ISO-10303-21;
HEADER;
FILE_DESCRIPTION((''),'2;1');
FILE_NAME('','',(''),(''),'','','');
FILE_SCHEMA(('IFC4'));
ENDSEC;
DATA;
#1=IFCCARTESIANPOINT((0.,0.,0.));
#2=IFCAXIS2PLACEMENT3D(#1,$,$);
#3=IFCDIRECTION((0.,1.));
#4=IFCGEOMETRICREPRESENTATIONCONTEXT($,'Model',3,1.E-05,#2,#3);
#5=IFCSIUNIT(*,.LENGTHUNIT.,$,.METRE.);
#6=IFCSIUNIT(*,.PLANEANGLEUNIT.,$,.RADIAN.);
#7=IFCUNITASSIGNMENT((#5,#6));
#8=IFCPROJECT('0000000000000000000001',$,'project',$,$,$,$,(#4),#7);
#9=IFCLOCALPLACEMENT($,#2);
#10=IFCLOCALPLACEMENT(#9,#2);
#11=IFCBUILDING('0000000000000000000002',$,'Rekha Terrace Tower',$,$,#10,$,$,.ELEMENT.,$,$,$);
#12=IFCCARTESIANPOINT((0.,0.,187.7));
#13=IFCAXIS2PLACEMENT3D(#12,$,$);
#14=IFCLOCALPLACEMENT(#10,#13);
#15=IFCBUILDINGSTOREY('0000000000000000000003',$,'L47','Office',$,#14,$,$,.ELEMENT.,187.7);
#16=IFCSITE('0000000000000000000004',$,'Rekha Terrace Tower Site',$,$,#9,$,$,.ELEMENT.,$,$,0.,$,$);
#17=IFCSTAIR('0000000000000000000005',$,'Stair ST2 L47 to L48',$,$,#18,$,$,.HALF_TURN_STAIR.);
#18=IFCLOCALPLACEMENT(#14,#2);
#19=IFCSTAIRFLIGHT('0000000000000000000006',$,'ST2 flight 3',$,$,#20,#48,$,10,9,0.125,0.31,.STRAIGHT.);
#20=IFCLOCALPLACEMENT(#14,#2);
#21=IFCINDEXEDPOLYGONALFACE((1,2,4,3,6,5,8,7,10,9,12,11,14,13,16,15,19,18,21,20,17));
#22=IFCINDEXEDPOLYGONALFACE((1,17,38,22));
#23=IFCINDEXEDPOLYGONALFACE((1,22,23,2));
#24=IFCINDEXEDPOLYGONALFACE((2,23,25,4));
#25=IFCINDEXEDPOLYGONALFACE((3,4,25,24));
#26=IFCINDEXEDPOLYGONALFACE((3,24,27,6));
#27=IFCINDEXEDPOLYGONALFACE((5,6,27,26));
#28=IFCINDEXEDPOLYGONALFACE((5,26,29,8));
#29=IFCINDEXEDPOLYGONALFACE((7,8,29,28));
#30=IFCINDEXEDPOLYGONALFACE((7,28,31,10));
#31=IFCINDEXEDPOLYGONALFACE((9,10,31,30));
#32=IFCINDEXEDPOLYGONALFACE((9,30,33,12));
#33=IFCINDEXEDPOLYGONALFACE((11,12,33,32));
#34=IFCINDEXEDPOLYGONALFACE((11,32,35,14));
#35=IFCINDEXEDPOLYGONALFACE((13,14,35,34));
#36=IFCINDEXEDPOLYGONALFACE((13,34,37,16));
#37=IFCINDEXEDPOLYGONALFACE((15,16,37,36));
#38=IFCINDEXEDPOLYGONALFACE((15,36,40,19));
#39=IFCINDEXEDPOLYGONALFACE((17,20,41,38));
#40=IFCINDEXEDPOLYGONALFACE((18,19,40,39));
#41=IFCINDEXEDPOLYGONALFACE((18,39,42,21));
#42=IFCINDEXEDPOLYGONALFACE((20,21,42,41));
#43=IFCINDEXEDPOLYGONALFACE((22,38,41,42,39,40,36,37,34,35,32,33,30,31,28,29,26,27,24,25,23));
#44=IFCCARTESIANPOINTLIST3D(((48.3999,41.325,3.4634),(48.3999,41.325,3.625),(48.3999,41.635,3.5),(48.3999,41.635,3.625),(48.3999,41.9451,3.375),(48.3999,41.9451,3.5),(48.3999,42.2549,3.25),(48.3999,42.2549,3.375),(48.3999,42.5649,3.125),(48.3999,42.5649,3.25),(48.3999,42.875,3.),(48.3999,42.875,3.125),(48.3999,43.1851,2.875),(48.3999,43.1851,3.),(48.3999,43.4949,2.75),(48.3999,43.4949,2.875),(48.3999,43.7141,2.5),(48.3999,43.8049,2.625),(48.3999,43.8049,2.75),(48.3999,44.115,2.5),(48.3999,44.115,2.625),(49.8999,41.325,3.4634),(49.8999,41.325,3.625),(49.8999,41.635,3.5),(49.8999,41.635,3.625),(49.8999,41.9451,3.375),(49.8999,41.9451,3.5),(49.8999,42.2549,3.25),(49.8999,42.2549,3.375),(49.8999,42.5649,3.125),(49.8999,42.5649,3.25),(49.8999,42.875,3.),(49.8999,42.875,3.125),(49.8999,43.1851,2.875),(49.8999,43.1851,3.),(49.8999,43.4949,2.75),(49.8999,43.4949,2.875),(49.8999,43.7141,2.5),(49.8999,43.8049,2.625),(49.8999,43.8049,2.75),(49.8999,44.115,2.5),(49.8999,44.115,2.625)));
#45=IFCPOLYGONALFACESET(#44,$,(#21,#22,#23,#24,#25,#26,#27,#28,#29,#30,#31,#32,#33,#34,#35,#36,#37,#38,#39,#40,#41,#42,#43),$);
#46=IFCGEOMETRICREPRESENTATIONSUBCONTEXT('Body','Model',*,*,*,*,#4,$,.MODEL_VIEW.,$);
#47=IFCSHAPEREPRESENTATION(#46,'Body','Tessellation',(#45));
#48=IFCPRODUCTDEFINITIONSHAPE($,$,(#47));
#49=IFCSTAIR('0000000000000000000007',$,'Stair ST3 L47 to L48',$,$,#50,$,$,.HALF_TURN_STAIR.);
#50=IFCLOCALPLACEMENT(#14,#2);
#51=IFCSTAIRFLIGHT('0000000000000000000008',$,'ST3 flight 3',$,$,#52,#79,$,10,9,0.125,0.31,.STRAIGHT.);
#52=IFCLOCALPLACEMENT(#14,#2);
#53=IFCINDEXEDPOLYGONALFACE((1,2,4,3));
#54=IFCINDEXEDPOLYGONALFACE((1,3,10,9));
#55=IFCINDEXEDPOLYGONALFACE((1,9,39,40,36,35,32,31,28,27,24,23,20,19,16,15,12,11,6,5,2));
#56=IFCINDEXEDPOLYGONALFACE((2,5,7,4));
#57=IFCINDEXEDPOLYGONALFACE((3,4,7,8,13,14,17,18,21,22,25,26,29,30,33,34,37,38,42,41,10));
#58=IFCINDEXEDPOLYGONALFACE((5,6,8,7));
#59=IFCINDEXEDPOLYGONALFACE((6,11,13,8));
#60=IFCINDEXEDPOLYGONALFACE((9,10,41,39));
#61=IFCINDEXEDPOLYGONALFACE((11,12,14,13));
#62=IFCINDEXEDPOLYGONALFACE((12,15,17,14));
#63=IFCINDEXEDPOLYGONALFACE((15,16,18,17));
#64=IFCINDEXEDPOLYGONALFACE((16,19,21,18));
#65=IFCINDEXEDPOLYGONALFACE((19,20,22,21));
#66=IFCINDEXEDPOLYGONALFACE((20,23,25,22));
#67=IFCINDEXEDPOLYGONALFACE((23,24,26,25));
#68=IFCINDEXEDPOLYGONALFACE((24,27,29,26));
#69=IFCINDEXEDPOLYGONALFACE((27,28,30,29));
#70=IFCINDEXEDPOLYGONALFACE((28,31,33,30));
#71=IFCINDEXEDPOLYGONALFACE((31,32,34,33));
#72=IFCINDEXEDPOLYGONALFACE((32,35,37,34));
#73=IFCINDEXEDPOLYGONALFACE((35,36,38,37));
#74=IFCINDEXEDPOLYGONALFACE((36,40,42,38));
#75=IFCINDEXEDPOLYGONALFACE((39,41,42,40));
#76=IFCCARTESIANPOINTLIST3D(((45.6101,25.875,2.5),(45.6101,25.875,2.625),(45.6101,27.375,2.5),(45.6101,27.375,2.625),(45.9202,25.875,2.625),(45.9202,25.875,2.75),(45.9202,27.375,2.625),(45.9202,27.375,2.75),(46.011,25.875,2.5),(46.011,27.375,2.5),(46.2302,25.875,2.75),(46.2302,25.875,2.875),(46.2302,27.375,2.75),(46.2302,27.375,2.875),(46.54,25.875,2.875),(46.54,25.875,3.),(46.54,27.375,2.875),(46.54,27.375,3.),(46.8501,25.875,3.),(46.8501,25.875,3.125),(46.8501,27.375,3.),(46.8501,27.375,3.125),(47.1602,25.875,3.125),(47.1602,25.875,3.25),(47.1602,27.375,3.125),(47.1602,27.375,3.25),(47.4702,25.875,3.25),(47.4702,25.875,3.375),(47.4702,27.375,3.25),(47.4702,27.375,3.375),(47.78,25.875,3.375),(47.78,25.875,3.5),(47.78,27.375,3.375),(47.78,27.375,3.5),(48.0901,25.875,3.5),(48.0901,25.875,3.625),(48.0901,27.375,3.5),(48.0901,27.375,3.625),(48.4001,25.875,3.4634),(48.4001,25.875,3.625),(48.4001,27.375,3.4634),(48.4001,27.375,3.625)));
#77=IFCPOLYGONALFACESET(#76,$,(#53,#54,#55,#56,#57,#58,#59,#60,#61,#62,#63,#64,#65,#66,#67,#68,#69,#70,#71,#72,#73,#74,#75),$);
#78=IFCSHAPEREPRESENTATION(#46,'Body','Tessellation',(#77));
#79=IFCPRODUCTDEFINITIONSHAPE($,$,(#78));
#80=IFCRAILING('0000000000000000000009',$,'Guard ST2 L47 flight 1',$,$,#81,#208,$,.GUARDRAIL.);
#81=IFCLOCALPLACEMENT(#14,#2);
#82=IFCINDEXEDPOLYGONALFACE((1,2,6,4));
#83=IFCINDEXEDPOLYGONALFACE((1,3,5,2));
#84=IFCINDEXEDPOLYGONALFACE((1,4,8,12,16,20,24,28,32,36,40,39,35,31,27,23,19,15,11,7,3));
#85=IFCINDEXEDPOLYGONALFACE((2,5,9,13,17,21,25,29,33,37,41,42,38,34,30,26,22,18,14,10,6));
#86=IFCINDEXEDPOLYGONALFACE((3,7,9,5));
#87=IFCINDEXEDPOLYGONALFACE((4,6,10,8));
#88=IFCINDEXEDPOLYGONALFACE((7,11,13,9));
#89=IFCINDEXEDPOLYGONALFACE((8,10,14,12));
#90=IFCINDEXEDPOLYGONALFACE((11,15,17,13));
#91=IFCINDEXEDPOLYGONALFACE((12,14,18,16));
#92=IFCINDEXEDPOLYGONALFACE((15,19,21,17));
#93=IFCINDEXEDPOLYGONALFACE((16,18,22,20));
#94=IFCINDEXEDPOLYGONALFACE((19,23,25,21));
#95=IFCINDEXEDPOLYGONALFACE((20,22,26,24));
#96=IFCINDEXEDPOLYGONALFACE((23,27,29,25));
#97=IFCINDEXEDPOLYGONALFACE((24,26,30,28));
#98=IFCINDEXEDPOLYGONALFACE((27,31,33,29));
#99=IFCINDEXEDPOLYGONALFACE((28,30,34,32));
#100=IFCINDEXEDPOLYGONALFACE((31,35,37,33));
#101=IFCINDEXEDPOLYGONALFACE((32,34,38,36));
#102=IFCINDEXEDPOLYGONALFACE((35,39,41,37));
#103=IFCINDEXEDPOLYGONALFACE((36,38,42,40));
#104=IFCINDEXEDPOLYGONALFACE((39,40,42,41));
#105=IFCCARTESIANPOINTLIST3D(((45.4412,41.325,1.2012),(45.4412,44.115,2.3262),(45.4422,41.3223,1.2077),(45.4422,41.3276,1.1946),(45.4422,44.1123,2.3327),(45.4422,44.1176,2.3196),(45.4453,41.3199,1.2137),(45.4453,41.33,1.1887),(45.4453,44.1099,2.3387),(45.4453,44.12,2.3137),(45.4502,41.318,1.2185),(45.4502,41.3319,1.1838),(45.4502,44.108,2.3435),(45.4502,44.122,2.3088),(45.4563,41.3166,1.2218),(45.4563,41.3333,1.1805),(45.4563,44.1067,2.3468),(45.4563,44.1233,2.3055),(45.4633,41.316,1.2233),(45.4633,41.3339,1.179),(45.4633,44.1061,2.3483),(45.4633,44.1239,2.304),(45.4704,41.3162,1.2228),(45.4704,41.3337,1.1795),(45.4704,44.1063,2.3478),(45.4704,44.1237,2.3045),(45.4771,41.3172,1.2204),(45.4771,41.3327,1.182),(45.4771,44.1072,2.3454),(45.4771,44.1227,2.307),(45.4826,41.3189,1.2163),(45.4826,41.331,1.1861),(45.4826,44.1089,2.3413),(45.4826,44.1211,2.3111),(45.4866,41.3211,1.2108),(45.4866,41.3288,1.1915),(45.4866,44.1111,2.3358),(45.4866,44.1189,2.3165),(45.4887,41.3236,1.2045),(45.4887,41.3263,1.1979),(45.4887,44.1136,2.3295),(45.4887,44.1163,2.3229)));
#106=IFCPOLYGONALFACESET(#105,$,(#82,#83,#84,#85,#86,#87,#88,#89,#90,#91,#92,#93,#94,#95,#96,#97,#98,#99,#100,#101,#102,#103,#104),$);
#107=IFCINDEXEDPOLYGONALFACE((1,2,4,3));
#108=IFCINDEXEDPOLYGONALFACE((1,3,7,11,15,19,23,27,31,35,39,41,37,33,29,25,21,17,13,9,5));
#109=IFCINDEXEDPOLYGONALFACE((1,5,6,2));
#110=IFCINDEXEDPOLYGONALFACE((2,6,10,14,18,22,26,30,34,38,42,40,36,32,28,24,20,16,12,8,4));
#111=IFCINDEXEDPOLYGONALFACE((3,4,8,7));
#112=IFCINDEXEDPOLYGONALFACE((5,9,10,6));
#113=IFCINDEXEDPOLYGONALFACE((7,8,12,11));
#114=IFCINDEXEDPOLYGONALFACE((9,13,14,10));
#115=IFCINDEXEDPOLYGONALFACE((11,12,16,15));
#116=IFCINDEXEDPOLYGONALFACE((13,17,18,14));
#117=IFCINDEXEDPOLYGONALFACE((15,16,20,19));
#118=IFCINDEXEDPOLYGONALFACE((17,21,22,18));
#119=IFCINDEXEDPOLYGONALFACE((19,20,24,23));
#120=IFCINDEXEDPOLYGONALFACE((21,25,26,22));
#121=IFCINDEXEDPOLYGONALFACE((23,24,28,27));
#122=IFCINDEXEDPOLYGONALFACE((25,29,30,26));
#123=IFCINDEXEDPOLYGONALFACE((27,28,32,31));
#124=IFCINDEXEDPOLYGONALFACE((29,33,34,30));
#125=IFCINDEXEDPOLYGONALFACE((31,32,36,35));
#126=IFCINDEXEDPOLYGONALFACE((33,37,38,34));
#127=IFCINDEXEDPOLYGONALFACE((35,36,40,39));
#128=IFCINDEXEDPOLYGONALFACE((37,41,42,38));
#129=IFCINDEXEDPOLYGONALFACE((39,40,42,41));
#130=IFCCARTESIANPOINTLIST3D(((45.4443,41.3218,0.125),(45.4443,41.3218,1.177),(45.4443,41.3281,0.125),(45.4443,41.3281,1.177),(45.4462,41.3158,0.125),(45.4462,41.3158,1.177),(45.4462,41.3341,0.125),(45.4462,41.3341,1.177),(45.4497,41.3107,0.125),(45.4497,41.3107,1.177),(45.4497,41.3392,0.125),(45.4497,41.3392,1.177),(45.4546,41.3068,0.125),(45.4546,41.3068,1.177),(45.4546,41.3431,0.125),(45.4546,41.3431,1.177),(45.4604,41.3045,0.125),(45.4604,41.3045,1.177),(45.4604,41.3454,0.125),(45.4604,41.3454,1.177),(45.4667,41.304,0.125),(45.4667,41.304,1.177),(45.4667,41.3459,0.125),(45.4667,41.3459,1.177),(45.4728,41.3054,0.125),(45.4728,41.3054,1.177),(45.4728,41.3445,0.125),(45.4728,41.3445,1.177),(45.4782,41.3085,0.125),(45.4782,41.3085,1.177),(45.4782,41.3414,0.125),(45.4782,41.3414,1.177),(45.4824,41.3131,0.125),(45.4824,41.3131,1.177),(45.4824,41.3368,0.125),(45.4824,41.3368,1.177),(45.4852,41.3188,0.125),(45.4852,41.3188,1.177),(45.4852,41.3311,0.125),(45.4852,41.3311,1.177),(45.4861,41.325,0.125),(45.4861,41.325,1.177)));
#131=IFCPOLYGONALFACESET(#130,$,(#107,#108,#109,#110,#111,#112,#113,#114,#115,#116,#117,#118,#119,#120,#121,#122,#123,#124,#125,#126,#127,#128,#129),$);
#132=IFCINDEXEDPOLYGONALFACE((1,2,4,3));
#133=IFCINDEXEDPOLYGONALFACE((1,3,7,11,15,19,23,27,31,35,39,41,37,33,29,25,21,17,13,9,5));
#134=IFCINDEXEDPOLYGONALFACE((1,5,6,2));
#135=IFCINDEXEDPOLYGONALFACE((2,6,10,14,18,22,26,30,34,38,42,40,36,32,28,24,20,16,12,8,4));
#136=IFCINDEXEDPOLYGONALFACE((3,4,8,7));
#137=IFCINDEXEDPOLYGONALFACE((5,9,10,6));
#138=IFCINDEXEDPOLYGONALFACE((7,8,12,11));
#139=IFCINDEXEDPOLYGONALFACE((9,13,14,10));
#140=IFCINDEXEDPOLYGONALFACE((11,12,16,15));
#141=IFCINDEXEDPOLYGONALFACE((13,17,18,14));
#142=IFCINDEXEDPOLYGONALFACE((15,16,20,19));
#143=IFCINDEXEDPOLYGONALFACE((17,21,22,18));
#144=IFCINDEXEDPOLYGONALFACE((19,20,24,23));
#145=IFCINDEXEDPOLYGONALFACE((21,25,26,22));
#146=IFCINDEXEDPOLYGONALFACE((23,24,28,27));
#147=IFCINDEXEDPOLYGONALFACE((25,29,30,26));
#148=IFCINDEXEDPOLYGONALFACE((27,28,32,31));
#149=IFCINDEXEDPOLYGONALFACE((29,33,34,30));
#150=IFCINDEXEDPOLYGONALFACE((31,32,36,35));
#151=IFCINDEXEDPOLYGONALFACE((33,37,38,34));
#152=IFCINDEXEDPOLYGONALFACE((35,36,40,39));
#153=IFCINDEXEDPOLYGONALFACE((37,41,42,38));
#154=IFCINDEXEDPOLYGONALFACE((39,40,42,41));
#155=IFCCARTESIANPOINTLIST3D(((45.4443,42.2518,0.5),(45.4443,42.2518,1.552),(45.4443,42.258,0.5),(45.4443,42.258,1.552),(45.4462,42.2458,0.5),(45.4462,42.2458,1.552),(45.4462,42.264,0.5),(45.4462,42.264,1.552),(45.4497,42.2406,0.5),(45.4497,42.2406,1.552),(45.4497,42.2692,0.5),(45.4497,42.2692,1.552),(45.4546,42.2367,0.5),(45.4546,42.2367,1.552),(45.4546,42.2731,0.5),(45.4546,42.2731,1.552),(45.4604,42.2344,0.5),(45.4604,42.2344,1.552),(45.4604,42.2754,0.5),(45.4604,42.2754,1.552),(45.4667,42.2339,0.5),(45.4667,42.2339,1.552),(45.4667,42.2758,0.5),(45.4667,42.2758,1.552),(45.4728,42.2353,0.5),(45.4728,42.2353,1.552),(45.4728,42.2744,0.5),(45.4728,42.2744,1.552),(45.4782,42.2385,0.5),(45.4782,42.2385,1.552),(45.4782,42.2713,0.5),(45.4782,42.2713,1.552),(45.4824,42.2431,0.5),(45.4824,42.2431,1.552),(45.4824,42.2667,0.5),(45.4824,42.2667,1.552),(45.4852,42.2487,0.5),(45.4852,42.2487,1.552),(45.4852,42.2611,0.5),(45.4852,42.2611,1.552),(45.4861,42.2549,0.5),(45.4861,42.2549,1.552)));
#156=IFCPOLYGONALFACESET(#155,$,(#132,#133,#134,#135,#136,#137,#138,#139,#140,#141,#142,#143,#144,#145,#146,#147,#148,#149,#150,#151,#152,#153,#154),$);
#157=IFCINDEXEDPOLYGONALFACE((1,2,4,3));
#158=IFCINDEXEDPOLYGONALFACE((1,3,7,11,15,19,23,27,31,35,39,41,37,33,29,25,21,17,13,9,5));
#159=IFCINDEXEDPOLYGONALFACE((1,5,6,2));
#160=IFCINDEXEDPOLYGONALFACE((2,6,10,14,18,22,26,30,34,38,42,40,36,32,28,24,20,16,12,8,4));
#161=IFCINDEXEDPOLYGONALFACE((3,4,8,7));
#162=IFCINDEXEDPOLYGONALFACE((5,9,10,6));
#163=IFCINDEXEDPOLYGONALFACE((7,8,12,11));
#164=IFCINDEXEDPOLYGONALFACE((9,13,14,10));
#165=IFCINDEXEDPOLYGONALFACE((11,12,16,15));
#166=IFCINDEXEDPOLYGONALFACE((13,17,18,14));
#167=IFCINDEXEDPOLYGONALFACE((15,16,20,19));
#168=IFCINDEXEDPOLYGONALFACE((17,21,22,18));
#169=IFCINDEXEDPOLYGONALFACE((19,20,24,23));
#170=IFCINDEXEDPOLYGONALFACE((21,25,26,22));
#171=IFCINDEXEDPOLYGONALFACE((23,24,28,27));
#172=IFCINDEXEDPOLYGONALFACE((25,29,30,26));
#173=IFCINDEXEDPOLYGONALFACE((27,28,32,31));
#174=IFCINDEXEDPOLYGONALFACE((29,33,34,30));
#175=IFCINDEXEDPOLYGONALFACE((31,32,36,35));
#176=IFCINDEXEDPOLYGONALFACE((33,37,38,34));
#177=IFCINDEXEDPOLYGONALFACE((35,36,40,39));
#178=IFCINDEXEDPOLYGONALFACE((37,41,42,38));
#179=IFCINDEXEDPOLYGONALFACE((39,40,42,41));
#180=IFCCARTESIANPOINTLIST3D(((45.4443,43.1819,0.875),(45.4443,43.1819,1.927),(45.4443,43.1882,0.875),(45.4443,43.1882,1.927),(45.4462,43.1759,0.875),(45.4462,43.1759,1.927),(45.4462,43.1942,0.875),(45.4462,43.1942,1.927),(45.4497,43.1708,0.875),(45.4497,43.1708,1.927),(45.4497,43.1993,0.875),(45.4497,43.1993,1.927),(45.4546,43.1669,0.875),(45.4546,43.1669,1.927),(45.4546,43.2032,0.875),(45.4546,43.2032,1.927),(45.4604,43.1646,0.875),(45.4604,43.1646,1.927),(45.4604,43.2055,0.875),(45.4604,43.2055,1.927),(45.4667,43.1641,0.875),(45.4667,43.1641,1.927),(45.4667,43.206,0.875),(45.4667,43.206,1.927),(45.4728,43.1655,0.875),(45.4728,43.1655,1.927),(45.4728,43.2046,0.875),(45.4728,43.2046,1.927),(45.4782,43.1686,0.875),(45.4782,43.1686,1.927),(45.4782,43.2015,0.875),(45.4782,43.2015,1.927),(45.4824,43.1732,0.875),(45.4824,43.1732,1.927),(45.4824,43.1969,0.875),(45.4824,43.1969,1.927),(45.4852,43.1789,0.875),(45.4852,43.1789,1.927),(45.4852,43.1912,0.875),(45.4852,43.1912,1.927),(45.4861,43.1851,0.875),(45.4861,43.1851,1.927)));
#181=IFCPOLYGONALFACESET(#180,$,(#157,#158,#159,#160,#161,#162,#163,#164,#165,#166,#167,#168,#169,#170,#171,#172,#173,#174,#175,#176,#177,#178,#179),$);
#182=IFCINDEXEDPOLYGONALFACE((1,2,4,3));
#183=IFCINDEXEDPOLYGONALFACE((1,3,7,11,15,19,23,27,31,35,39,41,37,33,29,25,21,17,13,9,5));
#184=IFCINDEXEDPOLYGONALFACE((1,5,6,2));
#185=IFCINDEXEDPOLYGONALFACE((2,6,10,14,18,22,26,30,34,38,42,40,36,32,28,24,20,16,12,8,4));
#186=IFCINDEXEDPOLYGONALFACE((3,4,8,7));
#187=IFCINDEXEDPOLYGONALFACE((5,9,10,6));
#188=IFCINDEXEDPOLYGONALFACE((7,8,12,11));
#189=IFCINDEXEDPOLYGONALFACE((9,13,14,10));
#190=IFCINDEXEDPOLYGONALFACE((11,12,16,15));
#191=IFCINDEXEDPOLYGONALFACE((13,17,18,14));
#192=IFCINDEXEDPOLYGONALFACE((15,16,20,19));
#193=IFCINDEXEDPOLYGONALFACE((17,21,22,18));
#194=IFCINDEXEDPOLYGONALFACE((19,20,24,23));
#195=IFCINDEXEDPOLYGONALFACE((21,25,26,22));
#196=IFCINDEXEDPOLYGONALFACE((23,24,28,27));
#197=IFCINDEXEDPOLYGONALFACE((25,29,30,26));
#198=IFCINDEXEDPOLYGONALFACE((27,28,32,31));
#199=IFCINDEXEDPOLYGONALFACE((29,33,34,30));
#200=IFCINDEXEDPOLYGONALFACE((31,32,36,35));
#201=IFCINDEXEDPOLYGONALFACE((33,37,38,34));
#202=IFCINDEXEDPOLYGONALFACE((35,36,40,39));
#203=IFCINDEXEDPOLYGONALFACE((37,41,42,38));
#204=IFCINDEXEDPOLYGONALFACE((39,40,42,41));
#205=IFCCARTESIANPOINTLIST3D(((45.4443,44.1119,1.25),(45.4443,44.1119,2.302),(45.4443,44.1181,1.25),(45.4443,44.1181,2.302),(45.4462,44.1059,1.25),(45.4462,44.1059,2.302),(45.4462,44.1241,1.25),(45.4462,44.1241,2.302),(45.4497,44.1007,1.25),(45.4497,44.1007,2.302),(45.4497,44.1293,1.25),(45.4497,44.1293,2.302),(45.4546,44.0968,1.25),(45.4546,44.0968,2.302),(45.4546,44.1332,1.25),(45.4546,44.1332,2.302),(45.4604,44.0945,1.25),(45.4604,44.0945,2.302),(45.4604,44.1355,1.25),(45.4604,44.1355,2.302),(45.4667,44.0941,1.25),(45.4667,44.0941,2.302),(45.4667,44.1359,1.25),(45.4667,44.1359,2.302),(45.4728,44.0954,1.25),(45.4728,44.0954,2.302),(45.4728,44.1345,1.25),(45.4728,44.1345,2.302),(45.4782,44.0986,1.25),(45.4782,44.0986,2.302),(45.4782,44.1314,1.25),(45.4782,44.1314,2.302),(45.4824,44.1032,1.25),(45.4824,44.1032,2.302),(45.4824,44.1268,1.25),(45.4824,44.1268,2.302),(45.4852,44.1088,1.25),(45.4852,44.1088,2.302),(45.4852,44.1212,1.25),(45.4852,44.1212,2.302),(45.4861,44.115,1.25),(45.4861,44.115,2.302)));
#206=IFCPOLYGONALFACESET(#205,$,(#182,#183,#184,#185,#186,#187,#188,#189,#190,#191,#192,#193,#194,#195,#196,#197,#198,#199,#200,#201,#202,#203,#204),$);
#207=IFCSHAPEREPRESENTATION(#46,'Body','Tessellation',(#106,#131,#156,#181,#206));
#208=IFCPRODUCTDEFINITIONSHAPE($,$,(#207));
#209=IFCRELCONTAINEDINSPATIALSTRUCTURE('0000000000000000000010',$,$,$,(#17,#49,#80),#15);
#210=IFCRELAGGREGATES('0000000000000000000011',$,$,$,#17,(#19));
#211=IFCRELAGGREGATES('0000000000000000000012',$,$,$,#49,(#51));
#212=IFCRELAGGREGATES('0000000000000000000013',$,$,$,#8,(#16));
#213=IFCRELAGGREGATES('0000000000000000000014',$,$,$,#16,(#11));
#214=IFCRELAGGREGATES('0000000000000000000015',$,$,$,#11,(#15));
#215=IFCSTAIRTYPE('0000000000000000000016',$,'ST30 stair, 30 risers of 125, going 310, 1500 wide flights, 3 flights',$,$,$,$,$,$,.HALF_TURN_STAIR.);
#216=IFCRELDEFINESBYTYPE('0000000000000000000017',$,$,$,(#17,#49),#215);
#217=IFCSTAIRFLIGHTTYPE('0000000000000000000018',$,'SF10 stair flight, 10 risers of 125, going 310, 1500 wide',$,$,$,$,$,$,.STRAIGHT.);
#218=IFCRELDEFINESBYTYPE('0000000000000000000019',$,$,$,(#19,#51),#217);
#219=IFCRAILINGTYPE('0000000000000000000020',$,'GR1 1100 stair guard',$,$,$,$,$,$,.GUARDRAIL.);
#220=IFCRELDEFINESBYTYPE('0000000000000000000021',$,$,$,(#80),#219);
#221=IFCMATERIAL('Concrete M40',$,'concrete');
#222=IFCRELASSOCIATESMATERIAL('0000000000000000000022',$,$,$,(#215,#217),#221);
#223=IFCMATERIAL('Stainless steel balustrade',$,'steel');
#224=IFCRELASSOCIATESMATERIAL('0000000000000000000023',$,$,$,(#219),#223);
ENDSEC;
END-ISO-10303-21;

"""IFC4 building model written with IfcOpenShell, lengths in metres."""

from ifc_helpers import new_model, si_unit, direction, frame, origin, origin_2d, place, context, subcontext, project, spatial, polyline, circle, outline, extrude, material, type_object, element, aggregate, save


model = new_model("IFC4")

# Units and contexts
model_context = context("Model", 3, precision=1e-05, world=origin(), true_north=direction((0.0, 1.0)))
body_context = subcontext(model_context, "Body", "Model", "MODEL_VIEW")
ifc_project = project(units=[si_unit("LENGTHUNIT", "METRE"), si_unit("PLANEANGLEUNIT", "RADIAN")], contexts=[model_context])

# Site, building, storey
site_placement = place(None, origin())
site = spatial("IfcSite", under=ifc_project, at=site_placement, Name="Rekha Terrace Tower Site", CompositionType="ELEMENT", RefElevation=0.0)
building_placement = place(site_placement, origin())
building = spatial("IfcBuilding", under=site, at=building_placement, Name="Rekha Terrace Tower", CompositionType="ELEMENT")
storey_placement = place(building_placement, frame((0.0, 0.0, 187.7)))
storey = spatial("IfcBuildingStorey", under=building, at=storey_placement, Name="L47", Description="Office", CompositionType="ELEMENT", Elevation=187.7)

# Stair, stair flight
ifc_material_1 = material(Name="Concrete M40", Category="concrete")
stair_type = type_object("IfcStairType", Name="ST30 stair, 30 risers of 125, going 310, 1500 wide flights, 3 flights", PredefinedType="HALF_TURN_STAIR", material=ifc_material_1)
stair_1_placement = place(storey_placement, origin())
stair_1 = element("IfcStair", 1, at=stair_1_placement, inside=storey, type_object=stair_type, Name="Stair ST2 L47 to L48", PredefinedType="HALF_TURN_STAIR")
stair_flight_type = type_object("IfcStairFlightType", Name="SF10 stair flight, 10 risers of 125, going 310, 1500 wide", PredefinedType="STRAIGHT", material=ifc_material_1)
stair_flight_1_placement = place(storey_placement, frame((49.1499, 44.115, 2.5), z_axis=(0.0, 0.0, 1.0), x_axis=(0.0, -1.0, 0.0)))
stair_flight_1 = element("IfcStairFlight", 2, at=stair_flight_1_placement, type_object=stair_flight_type, Name="ST2 flight 3", NumberOfRisers=10, NumberOfTreads=9, PredefinedType="STRAIGHT", RiserHeight=0.125, TreadLength=0.31, context=body_context, shape_type="SweptSolid", body=[
    extrude(outline(polyline([(0.0, 0.0), (0.0, 0.125), (0.3101, 0.125), (0.3101, 0.25), (0.6201, 0.25), (0.6201, 0.375), (0.9299, 0.375), (0.9299, 0.5), (1.24, 0.5), (1.24, 0.625), (1.55, 0.625), (1.55, 0.75), (1.8601, 0.75), (1.8601, 0.875), (2.1699, 0.875), (2.1699, 1.0), (2.48, 1.0), (2.48, 1.125), (2.79, 1.125), (2.79, 1.25), (2.79, 0.9634), (0.4009, 0.0), (0.0, 0.0)])), frame((0.0, 0.75, 0.0), z_axis=(0.0, -1.0, 0.0), x_axis=(1.0, 0.0, 0.0)), (0.0, 0.0, 1.0), 1.5),
])
aggregate(stair_1, [stair_flight_1])

# Stair, stair flight
stair_2_placement = place(storey_placement, origin())
stair_2 = element("IfcStair", 3, at=stair_2_placement, inside=storey, type_object=stair_type, Name="Stair ST3 L47 to L48", PredefinedType="HALF_TURN_STAIR")
stair_flight_2_placement = place(storey_placement, frame((45.6101, 26.625, 2.5), z_axis=(0.0, 0.0, 1.0), x_axis=(1.0, 0.0, 0.0)))
stair_flight_2 = element("IfcStairFlight", 4, at=stair_flight_2_placement, type_object=stair_flight_type, Name="ST3 flight 3", NumberOfRisers=10, NumberOfTreads=9, PredefinedType="STRAIGHT", RiserHeight=0.125, TreadLength=0.31, context=body_context, shape_type="SweptSolid", body=[
    extrude(outline(polyline([(0.0, 0.0), (0.0, 0.125), (0.3101, 0.125), (0.3101, 0.25), (0.6201, 0.25), (0.6201, 0.375), (0.9299, 0.375), (0.9299, 0.5), (1.24, 0.5), (1.24, 0.625), (1.55, 0.625), (1.55, 0.75), (1.8601, 0.75), (1.8601, 0.875), (2.1699, 0.875), (2.1699, 1.0), (2.48, 1.0), (2.48, 1.125), (2.79, 1.125), (2.79, 1.25), (2.79, 0.9634), (0.4009, 0.0), (0.0, 0.0)])), frame((0.0, 0.75, 0.0), z_axis=(0.0, -1.0, 0.0), x_axis=(1.0, 0.0, 0.0)), (0.0, 0.0, 1.0), 1.5),
])
aggregate(stair_2, [stair_flight_2])

# Railing
ifc_material_2 = material(Name="Stainless steel balustrade", Category="steel")
railing_type_1 = type_object("IfcRailingType", Name="GR1 1100 stair guard", PredefinedType="GUARDRAIL", material=ifc_material_2)
railing_1_placement = place(storey_placement, frame((45.4651, 41.325, 0.125)))
element("IfcRailing", 5, at=railing_1_placement, inside=storey, type_object=railing_type_1, Name="Guard ST2 L47 flight 1", PredefinedType="GUARDRAIL", context=body_context, shape_type="SweptSolid", body=[
    extrude(circle(Radius=0.0239, at=origin_2d()), frame((0.0, 0.0, 1.0762), z_axis=(0.0, 0.927443, 0.373964), x_axis=(-1.0, 0.0, 0.0)), (0.0, 0.0, 1.0), 3.0083),
    extrude(circle(Radius=0.021, at=origin_2d()), origin(), (0.0, 0.0, 1.0), 1.052),
    extrude(circle(Radius=0.021, at=origin_2d()), frame((0.0, 0.9299, 0.375)), (0.0, 0.0, 1.0), 1.052),
    extrude(circle(Radius=0.021, at=origin_2d()), frame((0.0, 1.8601, 0.75)), (0.0, 0.0, 1.0), 1.052),
    extrude(circle(Radius=0.021, at=origin_2d()), frame((0.0, 2.79, 1.125)), (0.0, 0.0, 1.0), 1.052),
])

save(model, "model.ifc")
